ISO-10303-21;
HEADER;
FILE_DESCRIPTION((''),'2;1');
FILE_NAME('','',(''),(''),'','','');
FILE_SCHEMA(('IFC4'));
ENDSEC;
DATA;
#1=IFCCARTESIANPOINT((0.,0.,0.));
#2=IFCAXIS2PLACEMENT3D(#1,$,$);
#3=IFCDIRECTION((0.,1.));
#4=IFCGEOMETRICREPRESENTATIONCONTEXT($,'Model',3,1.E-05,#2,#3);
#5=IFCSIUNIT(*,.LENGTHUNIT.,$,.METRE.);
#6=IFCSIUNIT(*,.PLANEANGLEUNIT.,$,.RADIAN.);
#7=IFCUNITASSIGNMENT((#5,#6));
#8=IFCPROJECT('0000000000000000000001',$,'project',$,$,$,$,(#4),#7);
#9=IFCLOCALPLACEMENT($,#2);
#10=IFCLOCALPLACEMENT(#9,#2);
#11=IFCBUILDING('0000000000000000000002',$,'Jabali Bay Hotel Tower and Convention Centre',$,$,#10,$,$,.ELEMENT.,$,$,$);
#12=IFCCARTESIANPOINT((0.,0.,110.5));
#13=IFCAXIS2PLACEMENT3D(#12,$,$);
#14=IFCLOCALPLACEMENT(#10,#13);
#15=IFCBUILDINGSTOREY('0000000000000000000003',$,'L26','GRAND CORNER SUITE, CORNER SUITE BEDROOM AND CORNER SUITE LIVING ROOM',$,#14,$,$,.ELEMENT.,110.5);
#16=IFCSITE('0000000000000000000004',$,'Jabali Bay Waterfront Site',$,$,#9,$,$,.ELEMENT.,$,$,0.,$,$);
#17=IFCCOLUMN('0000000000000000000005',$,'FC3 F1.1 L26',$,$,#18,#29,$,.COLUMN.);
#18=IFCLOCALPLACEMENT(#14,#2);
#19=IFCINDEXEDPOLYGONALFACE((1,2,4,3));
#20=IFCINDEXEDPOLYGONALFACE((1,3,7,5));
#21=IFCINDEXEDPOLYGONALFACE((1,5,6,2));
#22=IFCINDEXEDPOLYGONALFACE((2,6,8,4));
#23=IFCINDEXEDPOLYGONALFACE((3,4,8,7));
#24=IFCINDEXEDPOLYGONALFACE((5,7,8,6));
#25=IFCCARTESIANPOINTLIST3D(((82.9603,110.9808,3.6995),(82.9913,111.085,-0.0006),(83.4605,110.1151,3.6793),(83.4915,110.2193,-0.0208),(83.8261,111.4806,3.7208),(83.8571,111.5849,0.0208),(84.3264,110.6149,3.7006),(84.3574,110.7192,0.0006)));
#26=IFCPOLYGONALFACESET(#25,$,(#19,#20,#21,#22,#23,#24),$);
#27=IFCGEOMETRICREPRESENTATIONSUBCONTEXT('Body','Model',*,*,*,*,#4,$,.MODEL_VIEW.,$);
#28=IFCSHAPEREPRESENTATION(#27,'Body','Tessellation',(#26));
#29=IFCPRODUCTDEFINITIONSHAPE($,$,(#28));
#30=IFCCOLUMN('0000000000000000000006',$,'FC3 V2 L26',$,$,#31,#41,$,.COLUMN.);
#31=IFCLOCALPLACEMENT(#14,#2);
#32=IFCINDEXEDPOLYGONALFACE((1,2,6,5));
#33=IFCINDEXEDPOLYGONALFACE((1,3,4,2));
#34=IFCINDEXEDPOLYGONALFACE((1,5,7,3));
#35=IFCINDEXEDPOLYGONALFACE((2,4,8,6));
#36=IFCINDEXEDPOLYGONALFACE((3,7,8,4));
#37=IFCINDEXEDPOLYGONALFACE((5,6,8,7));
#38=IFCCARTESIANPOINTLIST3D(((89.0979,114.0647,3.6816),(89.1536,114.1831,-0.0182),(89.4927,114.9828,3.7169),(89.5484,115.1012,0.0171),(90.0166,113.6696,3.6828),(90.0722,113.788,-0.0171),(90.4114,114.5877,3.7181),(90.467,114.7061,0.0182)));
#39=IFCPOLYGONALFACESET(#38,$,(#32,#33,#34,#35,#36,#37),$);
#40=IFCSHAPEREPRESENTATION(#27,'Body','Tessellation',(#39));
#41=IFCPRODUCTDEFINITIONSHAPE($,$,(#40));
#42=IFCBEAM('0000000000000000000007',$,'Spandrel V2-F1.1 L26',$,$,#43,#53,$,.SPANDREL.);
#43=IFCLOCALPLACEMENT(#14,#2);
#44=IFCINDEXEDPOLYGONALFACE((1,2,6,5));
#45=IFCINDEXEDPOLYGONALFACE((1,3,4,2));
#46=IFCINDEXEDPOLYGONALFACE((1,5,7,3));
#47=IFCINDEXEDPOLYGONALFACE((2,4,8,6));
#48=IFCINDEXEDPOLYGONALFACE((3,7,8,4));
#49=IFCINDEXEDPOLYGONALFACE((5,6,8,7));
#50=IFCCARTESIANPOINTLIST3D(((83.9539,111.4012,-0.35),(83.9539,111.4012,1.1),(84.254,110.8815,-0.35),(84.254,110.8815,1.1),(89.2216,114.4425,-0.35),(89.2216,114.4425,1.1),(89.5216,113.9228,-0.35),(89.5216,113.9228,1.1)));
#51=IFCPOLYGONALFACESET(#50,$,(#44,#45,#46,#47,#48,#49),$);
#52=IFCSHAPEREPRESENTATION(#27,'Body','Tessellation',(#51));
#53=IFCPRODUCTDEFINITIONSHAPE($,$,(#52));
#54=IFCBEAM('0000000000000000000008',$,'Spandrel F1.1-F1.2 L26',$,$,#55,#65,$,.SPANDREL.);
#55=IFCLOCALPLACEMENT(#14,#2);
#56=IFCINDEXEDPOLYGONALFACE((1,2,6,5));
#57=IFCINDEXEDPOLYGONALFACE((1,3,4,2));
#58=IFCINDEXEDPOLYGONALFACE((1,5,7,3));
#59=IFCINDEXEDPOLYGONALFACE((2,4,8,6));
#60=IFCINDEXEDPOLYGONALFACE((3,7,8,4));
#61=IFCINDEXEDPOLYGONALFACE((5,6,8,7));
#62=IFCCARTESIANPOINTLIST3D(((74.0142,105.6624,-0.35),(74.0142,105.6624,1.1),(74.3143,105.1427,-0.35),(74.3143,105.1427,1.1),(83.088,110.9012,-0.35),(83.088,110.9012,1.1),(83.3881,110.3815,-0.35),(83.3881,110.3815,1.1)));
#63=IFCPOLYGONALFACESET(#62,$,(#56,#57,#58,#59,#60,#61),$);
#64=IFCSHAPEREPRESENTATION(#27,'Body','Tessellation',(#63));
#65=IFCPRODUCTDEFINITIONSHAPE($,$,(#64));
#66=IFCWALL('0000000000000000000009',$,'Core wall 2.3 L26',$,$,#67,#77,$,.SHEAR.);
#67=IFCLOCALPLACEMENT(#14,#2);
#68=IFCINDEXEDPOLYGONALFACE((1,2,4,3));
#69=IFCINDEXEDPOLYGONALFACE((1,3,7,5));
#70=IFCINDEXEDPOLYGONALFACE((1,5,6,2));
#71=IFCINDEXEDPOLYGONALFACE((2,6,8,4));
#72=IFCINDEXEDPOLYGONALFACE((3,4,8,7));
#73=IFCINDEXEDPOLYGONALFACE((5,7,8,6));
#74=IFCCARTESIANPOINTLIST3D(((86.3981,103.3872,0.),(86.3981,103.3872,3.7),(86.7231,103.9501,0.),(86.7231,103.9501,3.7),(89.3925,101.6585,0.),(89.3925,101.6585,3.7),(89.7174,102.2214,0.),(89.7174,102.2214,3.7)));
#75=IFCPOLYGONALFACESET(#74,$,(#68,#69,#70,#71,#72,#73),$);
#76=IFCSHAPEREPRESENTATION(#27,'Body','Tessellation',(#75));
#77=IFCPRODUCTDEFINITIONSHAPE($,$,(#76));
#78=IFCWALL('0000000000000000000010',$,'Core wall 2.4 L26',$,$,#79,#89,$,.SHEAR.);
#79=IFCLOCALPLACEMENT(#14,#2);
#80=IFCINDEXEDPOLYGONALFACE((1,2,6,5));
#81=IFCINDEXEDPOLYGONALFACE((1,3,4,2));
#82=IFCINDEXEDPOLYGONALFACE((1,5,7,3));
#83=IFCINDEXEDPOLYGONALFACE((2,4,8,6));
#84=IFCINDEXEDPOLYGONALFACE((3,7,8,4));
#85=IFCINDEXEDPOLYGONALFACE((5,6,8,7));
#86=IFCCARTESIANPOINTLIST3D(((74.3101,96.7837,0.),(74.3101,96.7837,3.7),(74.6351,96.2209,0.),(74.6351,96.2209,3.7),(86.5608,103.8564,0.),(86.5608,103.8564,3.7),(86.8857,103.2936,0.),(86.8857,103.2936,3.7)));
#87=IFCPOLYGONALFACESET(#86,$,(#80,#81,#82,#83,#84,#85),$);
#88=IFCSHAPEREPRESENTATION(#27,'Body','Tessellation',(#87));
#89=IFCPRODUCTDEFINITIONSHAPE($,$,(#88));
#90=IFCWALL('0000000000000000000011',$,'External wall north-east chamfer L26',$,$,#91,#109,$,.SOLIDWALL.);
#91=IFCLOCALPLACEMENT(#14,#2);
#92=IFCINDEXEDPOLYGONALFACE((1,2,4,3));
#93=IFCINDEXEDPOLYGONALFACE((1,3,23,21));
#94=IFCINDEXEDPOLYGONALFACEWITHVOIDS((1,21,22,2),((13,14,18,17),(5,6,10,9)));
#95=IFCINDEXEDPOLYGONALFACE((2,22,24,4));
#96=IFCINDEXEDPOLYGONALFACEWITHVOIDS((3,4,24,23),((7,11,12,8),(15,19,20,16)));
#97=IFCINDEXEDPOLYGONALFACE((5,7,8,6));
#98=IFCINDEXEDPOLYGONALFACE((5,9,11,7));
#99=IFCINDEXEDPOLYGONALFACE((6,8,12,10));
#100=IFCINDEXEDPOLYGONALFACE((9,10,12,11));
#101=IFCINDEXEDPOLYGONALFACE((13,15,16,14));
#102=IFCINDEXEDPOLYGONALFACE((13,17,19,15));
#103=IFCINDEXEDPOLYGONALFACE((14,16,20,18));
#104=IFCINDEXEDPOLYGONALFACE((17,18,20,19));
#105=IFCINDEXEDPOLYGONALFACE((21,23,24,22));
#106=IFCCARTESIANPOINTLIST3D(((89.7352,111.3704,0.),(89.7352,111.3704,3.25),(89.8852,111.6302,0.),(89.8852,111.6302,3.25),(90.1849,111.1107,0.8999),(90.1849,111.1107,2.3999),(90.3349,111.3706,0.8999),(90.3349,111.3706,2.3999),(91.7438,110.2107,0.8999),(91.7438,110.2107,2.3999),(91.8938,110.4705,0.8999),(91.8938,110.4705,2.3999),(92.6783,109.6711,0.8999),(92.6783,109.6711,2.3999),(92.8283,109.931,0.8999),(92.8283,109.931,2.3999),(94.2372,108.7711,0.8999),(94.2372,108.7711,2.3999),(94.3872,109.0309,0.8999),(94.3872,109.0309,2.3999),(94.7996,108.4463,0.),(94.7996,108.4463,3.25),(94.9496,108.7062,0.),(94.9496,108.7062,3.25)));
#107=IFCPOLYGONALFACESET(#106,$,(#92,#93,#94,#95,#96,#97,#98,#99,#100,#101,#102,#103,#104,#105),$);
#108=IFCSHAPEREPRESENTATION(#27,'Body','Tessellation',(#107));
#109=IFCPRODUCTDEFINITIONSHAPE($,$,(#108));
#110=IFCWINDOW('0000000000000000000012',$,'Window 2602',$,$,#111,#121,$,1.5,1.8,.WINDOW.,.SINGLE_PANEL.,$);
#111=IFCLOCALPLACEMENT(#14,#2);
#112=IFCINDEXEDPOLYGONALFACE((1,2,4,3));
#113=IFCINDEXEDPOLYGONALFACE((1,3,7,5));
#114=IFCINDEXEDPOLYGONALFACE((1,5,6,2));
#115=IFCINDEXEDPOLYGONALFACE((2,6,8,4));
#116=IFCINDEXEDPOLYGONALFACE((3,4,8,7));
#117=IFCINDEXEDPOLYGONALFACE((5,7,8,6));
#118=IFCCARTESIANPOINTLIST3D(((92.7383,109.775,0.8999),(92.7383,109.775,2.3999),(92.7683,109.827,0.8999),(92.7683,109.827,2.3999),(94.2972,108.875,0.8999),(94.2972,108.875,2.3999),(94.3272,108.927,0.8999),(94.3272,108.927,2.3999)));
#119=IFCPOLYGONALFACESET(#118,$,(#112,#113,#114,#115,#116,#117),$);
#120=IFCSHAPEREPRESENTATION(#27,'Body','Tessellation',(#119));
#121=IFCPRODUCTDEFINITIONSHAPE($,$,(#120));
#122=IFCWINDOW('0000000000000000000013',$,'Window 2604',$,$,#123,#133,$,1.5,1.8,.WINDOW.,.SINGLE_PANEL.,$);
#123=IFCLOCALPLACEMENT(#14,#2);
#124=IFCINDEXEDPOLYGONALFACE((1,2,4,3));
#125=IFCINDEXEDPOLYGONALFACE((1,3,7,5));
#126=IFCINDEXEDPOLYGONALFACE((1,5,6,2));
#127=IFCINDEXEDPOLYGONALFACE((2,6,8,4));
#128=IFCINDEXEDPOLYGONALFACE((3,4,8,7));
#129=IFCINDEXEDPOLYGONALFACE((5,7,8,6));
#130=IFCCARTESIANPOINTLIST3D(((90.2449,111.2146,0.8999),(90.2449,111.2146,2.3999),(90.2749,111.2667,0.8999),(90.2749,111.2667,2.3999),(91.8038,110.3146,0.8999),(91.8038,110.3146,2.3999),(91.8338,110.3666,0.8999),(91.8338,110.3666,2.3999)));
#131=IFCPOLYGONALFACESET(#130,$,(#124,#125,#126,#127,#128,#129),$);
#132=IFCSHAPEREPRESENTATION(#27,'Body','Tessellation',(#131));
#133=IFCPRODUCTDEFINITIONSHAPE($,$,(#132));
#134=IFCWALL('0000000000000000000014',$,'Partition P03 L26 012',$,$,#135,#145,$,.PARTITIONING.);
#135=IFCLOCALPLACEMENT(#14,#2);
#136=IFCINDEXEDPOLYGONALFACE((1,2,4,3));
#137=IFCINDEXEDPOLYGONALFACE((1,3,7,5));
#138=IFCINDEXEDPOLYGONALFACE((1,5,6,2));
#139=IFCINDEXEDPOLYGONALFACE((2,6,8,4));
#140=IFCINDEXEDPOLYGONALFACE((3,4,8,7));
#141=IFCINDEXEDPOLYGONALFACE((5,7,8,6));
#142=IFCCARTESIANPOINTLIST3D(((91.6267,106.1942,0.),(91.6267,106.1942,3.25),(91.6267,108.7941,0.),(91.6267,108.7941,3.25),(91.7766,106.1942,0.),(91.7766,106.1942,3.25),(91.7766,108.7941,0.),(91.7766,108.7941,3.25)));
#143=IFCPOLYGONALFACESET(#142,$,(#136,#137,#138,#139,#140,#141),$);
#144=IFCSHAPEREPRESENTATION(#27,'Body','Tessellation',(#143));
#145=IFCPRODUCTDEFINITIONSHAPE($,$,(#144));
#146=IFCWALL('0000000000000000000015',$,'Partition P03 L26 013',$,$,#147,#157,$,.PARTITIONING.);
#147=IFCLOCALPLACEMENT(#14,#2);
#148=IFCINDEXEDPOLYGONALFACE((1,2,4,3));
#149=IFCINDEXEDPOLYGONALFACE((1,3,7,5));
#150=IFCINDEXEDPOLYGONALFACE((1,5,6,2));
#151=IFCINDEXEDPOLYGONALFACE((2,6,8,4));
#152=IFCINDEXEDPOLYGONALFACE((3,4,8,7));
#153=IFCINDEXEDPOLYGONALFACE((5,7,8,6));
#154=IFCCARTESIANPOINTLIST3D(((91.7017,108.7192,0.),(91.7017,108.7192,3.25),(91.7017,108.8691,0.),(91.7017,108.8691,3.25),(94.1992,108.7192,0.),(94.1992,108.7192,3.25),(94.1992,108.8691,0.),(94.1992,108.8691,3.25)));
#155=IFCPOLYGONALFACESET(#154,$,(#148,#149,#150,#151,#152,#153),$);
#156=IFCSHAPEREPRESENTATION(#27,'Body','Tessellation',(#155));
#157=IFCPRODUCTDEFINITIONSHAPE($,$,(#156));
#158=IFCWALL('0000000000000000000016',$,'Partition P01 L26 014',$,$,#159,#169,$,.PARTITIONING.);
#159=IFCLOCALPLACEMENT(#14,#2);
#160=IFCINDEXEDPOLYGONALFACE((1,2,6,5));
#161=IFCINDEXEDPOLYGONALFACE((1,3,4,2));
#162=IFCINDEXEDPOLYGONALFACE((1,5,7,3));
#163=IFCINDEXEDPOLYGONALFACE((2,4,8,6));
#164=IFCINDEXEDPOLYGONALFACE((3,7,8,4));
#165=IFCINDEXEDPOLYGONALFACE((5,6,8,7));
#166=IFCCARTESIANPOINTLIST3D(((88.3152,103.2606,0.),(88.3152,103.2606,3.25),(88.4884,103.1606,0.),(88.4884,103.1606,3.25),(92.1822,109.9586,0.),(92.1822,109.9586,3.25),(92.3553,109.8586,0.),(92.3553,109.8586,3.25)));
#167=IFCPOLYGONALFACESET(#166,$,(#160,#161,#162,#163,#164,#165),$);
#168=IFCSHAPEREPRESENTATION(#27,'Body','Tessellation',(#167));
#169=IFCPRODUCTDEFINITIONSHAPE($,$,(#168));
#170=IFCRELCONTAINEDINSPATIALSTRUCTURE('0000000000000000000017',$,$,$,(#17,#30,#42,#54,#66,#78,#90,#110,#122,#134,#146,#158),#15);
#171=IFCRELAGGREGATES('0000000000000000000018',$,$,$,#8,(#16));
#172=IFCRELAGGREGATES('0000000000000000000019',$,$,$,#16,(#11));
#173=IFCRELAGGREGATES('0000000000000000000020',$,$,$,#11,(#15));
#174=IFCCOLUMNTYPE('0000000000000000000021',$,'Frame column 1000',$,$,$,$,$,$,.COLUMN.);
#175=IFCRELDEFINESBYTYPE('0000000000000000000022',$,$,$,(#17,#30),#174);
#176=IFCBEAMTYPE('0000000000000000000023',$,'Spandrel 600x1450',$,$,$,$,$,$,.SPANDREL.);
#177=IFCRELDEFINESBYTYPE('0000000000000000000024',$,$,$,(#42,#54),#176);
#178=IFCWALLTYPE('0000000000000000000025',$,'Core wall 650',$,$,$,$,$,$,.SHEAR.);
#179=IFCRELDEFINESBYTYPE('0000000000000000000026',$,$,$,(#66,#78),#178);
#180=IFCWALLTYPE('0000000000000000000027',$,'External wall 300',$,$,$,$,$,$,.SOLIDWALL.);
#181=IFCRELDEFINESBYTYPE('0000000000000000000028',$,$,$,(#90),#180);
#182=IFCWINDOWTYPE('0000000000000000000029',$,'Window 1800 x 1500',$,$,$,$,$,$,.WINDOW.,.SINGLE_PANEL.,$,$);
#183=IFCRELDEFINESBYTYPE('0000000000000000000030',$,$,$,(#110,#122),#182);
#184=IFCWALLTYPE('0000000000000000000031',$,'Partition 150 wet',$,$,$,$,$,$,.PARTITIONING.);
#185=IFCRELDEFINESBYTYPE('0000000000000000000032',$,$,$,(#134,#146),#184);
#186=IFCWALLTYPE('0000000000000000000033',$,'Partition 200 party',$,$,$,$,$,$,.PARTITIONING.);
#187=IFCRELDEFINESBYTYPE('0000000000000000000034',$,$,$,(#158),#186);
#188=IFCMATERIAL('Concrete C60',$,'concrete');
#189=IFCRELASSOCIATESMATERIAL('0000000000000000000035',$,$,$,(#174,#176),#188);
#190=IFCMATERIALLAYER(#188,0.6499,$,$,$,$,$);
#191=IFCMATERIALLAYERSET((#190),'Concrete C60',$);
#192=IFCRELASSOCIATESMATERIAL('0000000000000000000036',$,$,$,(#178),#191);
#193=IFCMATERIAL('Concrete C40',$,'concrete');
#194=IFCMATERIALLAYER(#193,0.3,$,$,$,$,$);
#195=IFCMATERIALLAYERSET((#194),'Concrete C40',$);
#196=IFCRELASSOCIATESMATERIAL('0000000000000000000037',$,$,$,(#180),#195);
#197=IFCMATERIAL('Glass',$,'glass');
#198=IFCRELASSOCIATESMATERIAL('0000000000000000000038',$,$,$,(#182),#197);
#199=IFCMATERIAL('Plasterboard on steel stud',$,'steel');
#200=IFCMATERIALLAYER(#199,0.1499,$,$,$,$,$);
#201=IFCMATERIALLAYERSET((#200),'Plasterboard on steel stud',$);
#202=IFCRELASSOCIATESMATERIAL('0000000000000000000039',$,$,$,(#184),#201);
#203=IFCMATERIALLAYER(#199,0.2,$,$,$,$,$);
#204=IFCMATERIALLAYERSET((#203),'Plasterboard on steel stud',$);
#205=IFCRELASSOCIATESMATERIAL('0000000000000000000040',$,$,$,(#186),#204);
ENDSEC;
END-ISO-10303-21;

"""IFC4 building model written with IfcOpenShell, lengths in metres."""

from ifc_helpers import new_model, si_unit, direction, frame, frame_2d, origin, origin_2d, place, context, subcontext, project, spatial, rectangle, extrude, material, layer, layer_set, material_profile, profile_set, type_object, element, fill, save


model = new_model("IFC4")

# Units and contexts
model_context = context("Model", 3, precision=1e-05, world=origin(), true_north=direction((0.0, 1.0)))
body_context = subcontext(model_context, "Body", "Model", "MODEL_VIEW")
ifc_project = project(units=[si_unit("LENGTHUNIT", "METRE"), si_unit("PLANEANGLEUNIT", "RADIAN")], contexts=[model_context])

# Site, building, storey
site_placement = place(None, origin())
site = spatial("IfcSite", under=ifc_project, at=site_placement, Name="Jabali Bay Waterfront Site", CompositionType="ELEMENT", RefElevation=0.0)
building_placement = place(site_placement, origin())
building = spatial("IfcBuilding", under=site, at=building_placement, Name="Jabali Bay Hotel Tower and Convention Centre", CompositionType="ELEMENT")
storey_placement = place(building_placement, frame((0.0, 0.0, 110.5)))
storey = spatial("IfcBuildingStorey", under=building, at=storey_placement, Name="L26", Description="GRAND CORNER SUITE, CORNER SUITE BEDROOM AND CORNER SUITE LIVING ROOM", CompositionType="ELEMENT", Elevation=110.5)

# Columns
ifc_material_1 = material(Name="Concrete C60", Category="concrete")
ifc_material_profile_1 = material_profile(ifc_material_1, rectangle(XDim=1.0, YDim=1.0, at=origin_2d()), Name="Frame column 1000")
ifc_profile_set_1 = profile_set([ifc_material_profile_1], Name="Concrete C60")
column_type = type_object("IfcColumnType", Name="Frame column 1000", PredefinedType="COLUMN", material=ifc_profile_set_1)
column_1_placement = place(storey_placement, frame((83.6743, 110.9021, 0.0), z_axis=(-0.008376, -0.028163, 0.999568), x_axis=(0.865852, 0.499845, 0.021339)))
element("IfcColumn", 1, at=column_1_placement, inside=storey, type_object=column_type, Name="FC3 F1.1 L26", PredefinedType="COLUMN", context=body_context, shape_type="SweptSolid", body=[
    extrude(rectangle(XDim=1.0, YDim=1.0, at=origin_2d()), origin(), (0.0, 0.0, 1.0), 3.7017),
])
column_2_placement = place(storey_placement, frame((89.8103, 114.4446, 0.0), z_axis=(-0.015035, -0.031983, 0.999375), x_axis=(0.918638, -0.395098, 0.001176)))
element("IfcColumn", 2, at=column_2_placement, inside=storey, type_object=column_type, Name="FC3 V2 L26", PredefinedType="COLUMN", context=body_context, shape_type="SweptSolid", body=[
    extrude(rectangle(XDim=1.0, YDim=1.0, at=origin_2d()), origin(), (0.0, 0.0, 1.0), 3.7021),
])

# Beams
ifc_material_profile_2 = material_profile(ifc_material_1, rectangle(XDim=0.6001, YDim=1.45, at=origin_2d()), Name="Spandrel 600x1450")
ifc_profile_set_2 = profile_set([ifc_material_profile_2], Name="Concrete C60")
beam_type = type_object("IfcBeamType", Name="Spandrel 600x1450", PredefinedType="SPANDREL", material=ifc_profile_set_2)
beam_1_placement = place(storey_placement, frame((89.3716, 114.1826, 0.375), z_axis=(-0.866024, -0.500003, 0.0), x_axis=(0.500003, -0.866024, 0.0)))
element("IfcBeam", 3, at=beam_1_placement, inside=storey, type_object=beam_type, Name="Spandrel V2-F1.1 L26", PredefinedType="SPANDREL", context=body_context, shape_type="SweptSolid", body=[
    extrude(rectangle(XDim=0.6001, YDim=1.45, at=origin_2d()), origin(), (0.0, 0.0, 1.0), 6.0825),
])
beam_2_placement = place(storey_placement, frame((83.238, 110.6414, 0.375), z_axis=(-0.866023, -0.500003, 0.0), x_axis=(0.500003, -0.866023, 0.0)))
element("IfcBeam", 4, at=beam_2_placement, inside=storey, type_object=beam_type, Name="Spandrel F1.1-F1.2 L26", PredefinedType="SPANDREL", context=body_context, shape_type="SweptSolid", body=[
    extrude(rectangle(XDim=0.6001, YDim=1.45, at=origin_2d()), origin(), (0.0, 0.0, 1.0), 10.4775),
])

# Walls
ifc_layer_1 = layer(ifc_material_1, 0.6499)
ifc_layer_set_1 = layer_set([ifc_layer_1], Name="Concrete C60")
wall_type_1 = type_object("IfcWallType", Name="Core wall 650", PredefinedType="SHEAR", material=ifc_layer_set_1)
wall_1_placement = place(storey_placement, frame((89.5549, 101.9399, 0.0), z_axis=(0.0, 0.0, 1.0), x_axis=(-0.866032, 0.499989, 0.0)))
element("IfcWall", 5, at=wall_1_placement, inside=storey, type_object=wall_type_1, Name="Core wall 2.3 L26", PredefinedType="SHEAR", context=body_context, shape_type="SweptSolid", body=[
    extrude(rectangle(XDim=3.4575, YDim=0.6499, at=frame_2d((1.7288, 0.0))), origin(), (0.0, 0.0, 1.0), 3.7),
])
wall_2_placement = place(storey_placement, frame((86.7231, 103.575, 0.0), z_axis=(0.0, 0.0, 1.0), x_axis=(-0.866032, -0.499989, 0.0)))
element("IfcWall", 6, at=wall_2_placement, inside=storey, type_object=wall_type_1, Name="Core wall 2.4 L26", PredefinedType="SHEAR", context=body_context, shape_type="SweptSolid", body=[
    extrude(rectangle(XDim=14.1458, YDim=0.6499, at=frame_2d((7.0728, 0.0))), origin(), (0.0, 0.0, 1.0), 3.7),
])

# Wall, openings, windows
ifc_material_2 = material(Name="Concrete C40", Category="concrete")
ifc_layer_2 = layer(ifc_material_2, 0.3)
ifc_layer_set_2 = layer_set([ifc_layer_2], Name="Concrete C40")
wall_type_2 = type_object("IfcWallType", Name="External wall 300", PredefinedType="SOLIDWALL", material=ifc_layer_set_2)
wall_3_placement = place(storey_placement, frame((89.8103, 111.5002, 0.0), z_axis=(0.0, 0.0, 1.0), x_axis=(0.866017, -0.500014, 0.0)))
wall_3 = element("IfcWall", 7, at=wall_3_placement, inside=storey, type_object=wall_type_2, Name="External wall north-east chamfer L26", PredefinedType="SOLIDWALL", context=body_context, shape_type="SweptSolid", body=[
    extrude(rectangle(XDim=5.8479, YDim=0.3, at=frame_2d((2.9238, 0.0))), origin(), (0.0, 0.0, 1.0), 3.25),
])
opening_1_placement = place(wall_3_placement, frame((3.3984, 0.0, 0.8999)))
opening_1 = element("IfcOpeningElement", 8, at=opening_1_placement, cuts=wall_3, PredefinedType="OPENING", context=body_context, shape_type="SweptSolid", body=[
    extrude(rectangle(XDim=1.8, YDim=1.5, at=frame_2d((0.8999, 0.75))), frame((0.0, 0.1606, 0.0), z_axis=(0.0, -1.0, 0.0), x_axis=(1.0, 0.0, 0.0)), (0.0, 0.0, 1.0), 0.321),
])
opening_2_placement = place(wall_3_placement, frame((0.5193, 0.0, 0.8999)))
opening_2 = element("IfcOpeningElement", 9, at=opening_2_placement, cuts=wall_3, PredefinedType="OPENING", context=body_context, shape_type="SweptSolid", body=[
    extrude(rectangle(XDim=1.8, YDim=1.5, at=frame_2d((0.8999, 0.75))), frame((0.0, 0.1606, 0.0), z_axis=(0.0, -1.0, 0.0), x_axis=(1.0, 0.0, 0.0)), (0.0, 0.0, 1.0), 0.321),
])
ifc_material_3 = material(Name="Glass", Category="glass")
window_type = type_object("IfcWindowType", Name="Window 1800 x 1500", PartitioningType="SINGLE_PANEL", PredefinedType="WINDOW", material=ifc_material_3)
window_1_placement = place(opening_1_placement, origin())
window_1 = element("IfcWindow", 10, at=window_1_placement, inside=storey, type_object=window_type, Name="Window 2602", OverallHeight=1.5, OverallWidth=1.8, PartitioningType="SINGLE_PANEL", PredefinedType="WINDOW", context=body_context, shape_type="SweptSolid", body=[
    extrude(rectangle(XDim=1.8, YDim=1.5, at=frame_2d((0.8999, 0.75))), frame((0.0, 0.03, 0.0), z_axis=(0.0, -1.0, 0.0), x_axis=(1.0, 0.0, 0.0)), (0.0, 0.0, 1.0), 0.0601),
])
fill(opening_1, window_1)
window_2_placement = place(opening_2_placement, origin())
window_2 = element("IfcWindow", 11, at=window_2_placement, inside=storey, type_object=window_type, Name="Window 2604", OverallHeight=1.5, OverallWidth=1.8, PartitioningType="SINGLE_PANEL", PredefinedType="WINDOW", context=body_context, shape_type="SweptSolid", body=[
    extrude(rectangle(XDim=1.8, YDim=1.5, at=frame_2d((0.8999, 0.75))), frame((0.0, 0.03, 0.0), z_axis=(0.0, -1.0, 0.0), x_axis=(1.0, 0.0, 0.0)), (0.0, 0.0, 1.0), 0.0601),
])
fill(opening_2, window_2)

# Walls
ifc_material_4 = material(Name="Plasterboard on steel stud", Category="steel")
ifc_layer_3 = layer(ifc_material_4, 0.1499)
ifc_layer_set_3 = layer_set([ifc_layer_3], Name="Plasterboard on steel stud")
wall_type_3 = type_object("IfcWallType", Name="Partition 150 wet", PredefinedType="PARTITIONING", material=ifc_layer_set_3)
wall_4_placement = place(storey_placement, frame((91.7017, 106.1943, 0.0), z_axis=(0.0, 0.0, 1.0), x_axis=(0.0, 1.0, 0.0)))
element("IfcWall", 12, at=wall_4_placement, inside=storey, type_object=wall_type_3, Name="Partition P03 L26 012", PredefinedType="PARTITIONING", context=body_context, shape_type="SweptSolid", body=[
    extrude(rectangle(XDim=2.5999, YDim=0.1499, at=frame_2d((1.2998, 0.0))), origin(), (0.0, 0.0, 1.0), 3.25),
])
wall_5_placement = place(storey_placement, frame((91.7017, 108.7942, 0.0), z_axis=(0.0, 0.0, 1.0), x_axis=(1.0, 0.0, 0.0)))
element("IfcWall", 13, at=wall_5_placement, inside=storey, type_object=wall_type_3, Name="Partition P03 L26 013", PredefinedType="PARTITIONING", context=body_context, shape_type="SweptSolid", body=[
    extrude(rectangle(XDim=2.4976, YDim=0.1499, at=frame_2d((1.2488, 0.0))), origin(), (0.0, 0.0, 1.0), 3.25),
])
ifc_layer_4 = layer(ifc_material_4, 0.2)
ifc_layer_set_4 = layer_set([ifc_layer_4], Name="Plasterboard on steel stud")
wall_type_4 = type_object("IfcWallType", Name="Partition 200 party", PredefinedType="PARTITIONING", material=ifc_layer_set_4)
wall_6_placement = place(storey_placement, frame((92.2688, 109.9087, 0.0), z_axis=(0.0, 0.0, 1.0), x_axis=(-0.499986, -0.866034, 0.0)))
element("IfcWall", 14, at=wall_6_placement, inside=storey, type_object=wall_type_4, Name="Partition P01 L26 014", PredefinedType="PARTITIONING", context=body_context, shape_type="SweptSolid", body=[
    extrude(rectangle(XDim=7.7341, YDim=0.2, at=frame_2d((3.8672, 0.0))), origin(), (0.0, 0.0, 1.0), 3.25),
])

save(model, "model.ifc")
